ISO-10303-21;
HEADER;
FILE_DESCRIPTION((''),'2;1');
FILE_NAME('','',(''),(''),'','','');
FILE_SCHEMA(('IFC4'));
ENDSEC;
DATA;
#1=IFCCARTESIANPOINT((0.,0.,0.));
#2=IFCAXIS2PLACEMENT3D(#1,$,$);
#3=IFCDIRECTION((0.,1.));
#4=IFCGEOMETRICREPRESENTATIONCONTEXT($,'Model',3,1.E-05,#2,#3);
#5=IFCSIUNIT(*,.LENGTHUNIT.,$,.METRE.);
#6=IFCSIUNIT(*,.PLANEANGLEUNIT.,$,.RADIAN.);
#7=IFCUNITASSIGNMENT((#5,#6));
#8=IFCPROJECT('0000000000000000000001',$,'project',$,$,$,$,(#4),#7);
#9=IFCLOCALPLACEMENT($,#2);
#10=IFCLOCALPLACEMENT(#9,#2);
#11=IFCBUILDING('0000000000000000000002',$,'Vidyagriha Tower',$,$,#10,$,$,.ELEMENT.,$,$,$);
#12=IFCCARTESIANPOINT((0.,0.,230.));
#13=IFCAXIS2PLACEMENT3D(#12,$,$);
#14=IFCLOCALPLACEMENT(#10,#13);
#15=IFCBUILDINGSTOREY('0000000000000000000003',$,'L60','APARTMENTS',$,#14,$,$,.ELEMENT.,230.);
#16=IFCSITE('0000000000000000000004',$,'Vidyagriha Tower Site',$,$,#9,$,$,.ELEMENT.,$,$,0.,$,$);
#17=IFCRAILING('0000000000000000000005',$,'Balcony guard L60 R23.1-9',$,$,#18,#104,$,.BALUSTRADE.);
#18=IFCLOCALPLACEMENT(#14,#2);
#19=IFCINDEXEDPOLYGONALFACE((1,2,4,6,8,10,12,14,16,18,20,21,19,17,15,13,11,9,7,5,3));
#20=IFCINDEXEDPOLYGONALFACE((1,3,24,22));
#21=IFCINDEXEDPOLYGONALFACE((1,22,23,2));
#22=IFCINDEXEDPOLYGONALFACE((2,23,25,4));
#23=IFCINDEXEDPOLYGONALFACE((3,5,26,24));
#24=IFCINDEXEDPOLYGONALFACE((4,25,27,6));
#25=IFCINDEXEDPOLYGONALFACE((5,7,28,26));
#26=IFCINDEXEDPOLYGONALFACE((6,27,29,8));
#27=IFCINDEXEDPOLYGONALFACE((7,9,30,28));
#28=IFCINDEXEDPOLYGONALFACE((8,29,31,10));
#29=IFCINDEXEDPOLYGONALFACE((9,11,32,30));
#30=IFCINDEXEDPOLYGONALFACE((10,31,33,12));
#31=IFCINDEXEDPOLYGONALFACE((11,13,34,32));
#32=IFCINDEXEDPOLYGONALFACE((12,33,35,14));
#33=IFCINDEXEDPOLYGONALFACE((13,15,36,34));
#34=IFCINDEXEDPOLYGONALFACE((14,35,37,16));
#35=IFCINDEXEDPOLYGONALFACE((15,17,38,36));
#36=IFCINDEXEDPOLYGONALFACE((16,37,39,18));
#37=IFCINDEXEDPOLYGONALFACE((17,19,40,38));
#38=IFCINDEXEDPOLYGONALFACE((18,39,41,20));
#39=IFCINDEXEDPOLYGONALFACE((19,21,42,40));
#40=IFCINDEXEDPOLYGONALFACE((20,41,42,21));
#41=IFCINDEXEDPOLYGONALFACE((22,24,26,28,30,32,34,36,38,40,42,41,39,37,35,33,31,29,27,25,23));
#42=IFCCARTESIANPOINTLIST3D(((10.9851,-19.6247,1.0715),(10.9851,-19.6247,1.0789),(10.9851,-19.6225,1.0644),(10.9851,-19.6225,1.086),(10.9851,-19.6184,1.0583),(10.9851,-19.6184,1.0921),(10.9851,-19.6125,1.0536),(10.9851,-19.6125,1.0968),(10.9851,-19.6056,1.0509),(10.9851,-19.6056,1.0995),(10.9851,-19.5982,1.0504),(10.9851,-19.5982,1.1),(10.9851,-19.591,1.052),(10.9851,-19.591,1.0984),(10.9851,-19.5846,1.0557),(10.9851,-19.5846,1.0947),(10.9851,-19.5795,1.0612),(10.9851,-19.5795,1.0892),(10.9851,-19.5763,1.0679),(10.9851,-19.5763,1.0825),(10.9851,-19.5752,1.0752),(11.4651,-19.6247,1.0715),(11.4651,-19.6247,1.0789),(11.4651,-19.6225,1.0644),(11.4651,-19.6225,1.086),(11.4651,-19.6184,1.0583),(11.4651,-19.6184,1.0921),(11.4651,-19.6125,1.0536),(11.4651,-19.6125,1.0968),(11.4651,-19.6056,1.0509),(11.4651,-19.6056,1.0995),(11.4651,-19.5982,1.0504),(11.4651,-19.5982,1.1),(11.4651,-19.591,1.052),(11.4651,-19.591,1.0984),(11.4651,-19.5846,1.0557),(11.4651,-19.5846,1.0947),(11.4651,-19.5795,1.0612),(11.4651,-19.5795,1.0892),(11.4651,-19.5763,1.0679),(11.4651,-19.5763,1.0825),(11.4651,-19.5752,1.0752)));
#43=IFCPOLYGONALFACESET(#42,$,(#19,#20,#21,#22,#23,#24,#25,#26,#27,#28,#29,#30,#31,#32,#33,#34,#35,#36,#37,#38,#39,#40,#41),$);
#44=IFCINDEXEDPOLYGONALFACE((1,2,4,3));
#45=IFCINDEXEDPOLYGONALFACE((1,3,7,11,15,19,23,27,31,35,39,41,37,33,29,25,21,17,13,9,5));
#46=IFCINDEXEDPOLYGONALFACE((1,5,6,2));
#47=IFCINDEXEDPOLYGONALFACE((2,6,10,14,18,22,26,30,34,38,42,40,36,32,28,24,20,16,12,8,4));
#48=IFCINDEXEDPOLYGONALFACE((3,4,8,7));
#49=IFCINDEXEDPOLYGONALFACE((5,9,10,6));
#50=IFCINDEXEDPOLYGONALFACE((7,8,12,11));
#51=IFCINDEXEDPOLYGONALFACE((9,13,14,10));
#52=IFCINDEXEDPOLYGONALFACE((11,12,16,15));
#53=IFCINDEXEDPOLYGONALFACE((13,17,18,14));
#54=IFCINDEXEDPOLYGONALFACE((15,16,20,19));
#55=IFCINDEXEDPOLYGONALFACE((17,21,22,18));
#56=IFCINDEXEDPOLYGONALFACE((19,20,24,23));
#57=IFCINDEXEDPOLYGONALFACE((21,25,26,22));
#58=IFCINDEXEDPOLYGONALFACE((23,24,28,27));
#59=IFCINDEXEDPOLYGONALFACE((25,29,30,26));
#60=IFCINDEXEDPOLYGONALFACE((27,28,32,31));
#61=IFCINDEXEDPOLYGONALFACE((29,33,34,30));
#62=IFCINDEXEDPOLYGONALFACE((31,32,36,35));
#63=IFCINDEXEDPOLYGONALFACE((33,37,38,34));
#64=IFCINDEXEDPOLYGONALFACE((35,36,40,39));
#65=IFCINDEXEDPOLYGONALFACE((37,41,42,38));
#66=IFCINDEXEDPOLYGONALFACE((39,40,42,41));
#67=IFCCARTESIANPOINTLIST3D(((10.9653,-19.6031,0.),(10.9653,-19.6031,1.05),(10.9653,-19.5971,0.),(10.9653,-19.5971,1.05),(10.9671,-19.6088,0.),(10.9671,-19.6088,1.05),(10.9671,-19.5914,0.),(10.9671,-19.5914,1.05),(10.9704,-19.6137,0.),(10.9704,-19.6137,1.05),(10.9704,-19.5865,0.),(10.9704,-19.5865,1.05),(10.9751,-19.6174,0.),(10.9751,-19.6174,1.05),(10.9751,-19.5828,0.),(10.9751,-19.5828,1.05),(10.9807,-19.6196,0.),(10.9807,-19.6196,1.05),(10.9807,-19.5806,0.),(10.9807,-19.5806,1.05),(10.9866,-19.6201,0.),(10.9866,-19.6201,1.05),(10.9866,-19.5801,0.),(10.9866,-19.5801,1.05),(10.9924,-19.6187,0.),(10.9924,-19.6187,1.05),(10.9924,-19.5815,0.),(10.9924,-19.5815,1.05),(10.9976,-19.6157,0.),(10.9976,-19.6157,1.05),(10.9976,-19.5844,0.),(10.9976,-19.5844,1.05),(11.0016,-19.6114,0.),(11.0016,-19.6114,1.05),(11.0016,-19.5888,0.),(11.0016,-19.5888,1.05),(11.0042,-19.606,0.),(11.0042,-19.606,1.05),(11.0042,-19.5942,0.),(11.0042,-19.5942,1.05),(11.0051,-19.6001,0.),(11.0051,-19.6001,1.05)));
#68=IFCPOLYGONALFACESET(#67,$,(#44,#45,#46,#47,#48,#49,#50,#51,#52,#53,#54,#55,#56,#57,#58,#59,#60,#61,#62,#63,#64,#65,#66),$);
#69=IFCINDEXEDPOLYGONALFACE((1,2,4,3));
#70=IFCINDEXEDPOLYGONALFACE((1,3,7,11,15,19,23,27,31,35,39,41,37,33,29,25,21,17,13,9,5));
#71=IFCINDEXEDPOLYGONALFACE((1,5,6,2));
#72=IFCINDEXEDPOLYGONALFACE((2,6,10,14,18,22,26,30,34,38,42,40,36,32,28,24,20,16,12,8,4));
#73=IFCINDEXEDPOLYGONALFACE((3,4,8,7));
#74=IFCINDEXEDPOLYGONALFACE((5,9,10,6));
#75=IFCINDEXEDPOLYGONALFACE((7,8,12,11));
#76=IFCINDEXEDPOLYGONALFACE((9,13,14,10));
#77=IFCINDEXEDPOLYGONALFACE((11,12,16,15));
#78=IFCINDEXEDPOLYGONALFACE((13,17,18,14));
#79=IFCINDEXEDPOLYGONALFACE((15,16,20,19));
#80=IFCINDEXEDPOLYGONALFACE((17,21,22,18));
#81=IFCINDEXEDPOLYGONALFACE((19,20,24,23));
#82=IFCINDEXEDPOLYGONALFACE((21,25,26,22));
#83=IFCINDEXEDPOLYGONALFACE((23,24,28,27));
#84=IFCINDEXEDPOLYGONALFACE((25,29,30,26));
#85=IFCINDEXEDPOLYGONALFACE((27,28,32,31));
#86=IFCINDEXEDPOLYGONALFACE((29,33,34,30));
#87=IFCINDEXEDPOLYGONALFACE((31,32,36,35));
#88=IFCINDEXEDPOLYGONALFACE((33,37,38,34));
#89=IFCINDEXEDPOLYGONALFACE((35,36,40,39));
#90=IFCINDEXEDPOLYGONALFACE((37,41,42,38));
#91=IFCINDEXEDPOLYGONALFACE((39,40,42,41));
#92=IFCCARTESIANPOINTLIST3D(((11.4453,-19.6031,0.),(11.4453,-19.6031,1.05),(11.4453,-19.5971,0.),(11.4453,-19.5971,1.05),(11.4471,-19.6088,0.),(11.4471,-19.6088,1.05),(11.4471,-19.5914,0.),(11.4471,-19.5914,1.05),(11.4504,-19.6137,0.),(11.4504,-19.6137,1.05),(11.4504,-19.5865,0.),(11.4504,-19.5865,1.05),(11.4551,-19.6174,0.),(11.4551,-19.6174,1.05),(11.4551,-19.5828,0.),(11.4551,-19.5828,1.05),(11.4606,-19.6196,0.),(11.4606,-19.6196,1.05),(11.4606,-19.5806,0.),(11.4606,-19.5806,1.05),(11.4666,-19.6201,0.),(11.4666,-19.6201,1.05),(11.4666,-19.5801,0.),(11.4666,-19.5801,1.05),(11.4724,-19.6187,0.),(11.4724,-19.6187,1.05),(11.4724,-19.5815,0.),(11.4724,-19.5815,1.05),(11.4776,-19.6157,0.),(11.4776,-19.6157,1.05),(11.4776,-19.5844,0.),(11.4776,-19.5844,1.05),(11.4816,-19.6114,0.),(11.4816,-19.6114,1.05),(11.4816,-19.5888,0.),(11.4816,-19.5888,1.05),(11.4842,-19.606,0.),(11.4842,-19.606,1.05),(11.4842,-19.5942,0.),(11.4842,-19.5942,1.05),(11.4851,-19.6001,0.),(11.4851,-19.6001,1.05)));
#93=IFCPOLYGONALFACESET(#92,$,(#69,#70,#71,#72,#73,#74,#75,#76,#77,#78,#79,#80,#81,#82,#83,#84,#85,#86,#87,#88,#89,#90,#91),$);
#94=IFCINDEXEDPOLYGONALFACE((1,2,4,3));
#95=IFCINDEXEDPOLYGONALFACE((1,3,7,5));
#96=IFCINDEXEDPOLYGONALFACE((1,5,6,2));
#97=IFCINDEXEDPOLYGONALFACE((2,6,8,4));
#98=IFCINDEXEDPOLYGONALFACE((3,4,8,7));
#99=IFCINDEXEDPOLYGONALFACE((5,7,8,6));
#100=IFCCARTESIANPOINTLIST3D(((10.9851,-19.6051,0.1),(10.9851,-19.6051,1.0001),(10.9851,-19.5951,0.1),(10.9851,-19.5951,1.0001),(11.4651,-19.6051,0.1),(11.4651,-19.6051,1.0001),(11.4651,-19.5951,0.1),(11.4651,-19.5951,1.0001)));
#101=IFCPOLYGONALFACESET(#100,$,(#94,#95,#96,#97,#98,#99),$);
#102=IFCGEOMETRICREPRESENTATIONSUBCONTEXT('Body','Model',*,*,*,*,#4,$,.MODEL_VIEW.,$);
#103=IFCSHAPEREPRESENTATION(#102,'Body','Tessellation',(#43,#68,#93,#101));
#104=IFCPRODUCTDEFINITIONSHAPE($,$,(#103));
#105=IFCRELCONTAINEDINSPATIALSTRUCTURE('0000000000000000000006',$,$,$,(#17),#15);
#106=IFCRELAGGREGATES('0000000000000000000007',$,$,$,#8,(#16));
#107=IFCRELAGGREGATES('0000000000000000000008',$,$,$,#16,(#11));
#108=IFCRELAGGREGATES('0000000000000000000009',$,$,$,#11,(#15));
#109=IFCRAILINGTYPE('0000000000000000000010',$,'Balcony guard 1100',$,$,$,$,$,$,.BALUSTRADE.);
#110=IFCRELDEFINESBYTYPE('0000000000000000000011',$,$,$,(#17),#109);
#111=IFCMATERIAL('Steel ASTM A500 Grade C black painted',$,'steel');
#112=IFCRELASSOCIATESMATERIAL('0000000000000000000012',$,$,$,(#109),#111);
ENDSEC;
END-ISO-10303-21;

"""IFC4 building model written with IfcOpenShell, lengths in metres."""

from ifc_helpers import new_model, si_unit, direction, frame, origin, origin_2d, place, context, subcontext, project, spatial, rectangle, circle, extrude, material, type_object, element, save


model = new_model("IFC4")

# Units and contexts
model_context = context("Model", 3, precision=1e-05, world=origin(), true_north=direction((0.0, 1.0)))
body_context = subcontext(model_context, "Body", "Model", "MODEL_VIEW")
ifc_project = project(units=[si_unit("LENGTHUNIT", "METRE"), si_unit("PLANEANGLEUNIT", "RADIAN")], contexts=[model_context])

# Site, building, storey
site_placement = place(None, origin())
site = spatial("IfcSite", under=ifc_project, at=site_placement, Name="Vidyagriha Tower Site", CompositionType="ELEMENT", RefElevation=0.0)
building_placement = place(site_placement, origin())
building = spatial("IfcBuilding", under=site, at=building_placement, Name="Vidyagriha Tower", CompositionType="ELEMENT")
storey_placement = place(building_placement, frame((0.0, 0.0, 230.0)))
storey = spatial("IfcBuildingStorey", under=building, at=storey_placement, Name="L60", Description="APARTMENTS", CompositionType="ELEMENT", Elevation=230.0)

# Railing
ifc_material_1 = material(Name="Steel ASTM A500 Grade C black painted", Category="steel")
railing_type = type_object("IfcRailingType", Name="Balcony guard 1100", PredefinedType="BALUSTRADE", material=ifc_material_1)
railing_1_placement = place(storey_placement, frame((10.9851, -19.6001, 0.0)))
element("IfcRailing", 1, at=railing_1_placement, inside=storey, type_object=railing_type, Name="Balcony guard L60 R23.1-9", PredefinedType="BALUSTRADE", context=body_context, shape_type="SweptSolid", body=[
    extrude(circle(Radius=0.0249, at=origin_2d()), frame((0.0, 0.0, 1.0752), z_axis=(1.0, 0.0, 0.0), x_axis=(0.0, 1.0, 0.0)), (0.0, 0.0, 1.0), 0.48),
    extrude(circle(Radius=0.02, at=origin_2d()), origin(), (0.0, 0.0, 1.0), 1.05),
    extrude(circle(Radius=0.02, at=origin_2d()), frame((0.48, 0.0, 0.0)), (0.0, 0.0, 1.0), 1.05),
    extrude(rectangle(XDim=0.01, YDim=0.9001, at=origin_2d()), frame((0.0, 0.0, 0.55), z_axis=(1.0, 0.0, 0.0), x_axis=(0.0, 1.0, 0.0)), (0.0, 0.0, 1.0), 0.48),
])

save(model, "model.ifc")
